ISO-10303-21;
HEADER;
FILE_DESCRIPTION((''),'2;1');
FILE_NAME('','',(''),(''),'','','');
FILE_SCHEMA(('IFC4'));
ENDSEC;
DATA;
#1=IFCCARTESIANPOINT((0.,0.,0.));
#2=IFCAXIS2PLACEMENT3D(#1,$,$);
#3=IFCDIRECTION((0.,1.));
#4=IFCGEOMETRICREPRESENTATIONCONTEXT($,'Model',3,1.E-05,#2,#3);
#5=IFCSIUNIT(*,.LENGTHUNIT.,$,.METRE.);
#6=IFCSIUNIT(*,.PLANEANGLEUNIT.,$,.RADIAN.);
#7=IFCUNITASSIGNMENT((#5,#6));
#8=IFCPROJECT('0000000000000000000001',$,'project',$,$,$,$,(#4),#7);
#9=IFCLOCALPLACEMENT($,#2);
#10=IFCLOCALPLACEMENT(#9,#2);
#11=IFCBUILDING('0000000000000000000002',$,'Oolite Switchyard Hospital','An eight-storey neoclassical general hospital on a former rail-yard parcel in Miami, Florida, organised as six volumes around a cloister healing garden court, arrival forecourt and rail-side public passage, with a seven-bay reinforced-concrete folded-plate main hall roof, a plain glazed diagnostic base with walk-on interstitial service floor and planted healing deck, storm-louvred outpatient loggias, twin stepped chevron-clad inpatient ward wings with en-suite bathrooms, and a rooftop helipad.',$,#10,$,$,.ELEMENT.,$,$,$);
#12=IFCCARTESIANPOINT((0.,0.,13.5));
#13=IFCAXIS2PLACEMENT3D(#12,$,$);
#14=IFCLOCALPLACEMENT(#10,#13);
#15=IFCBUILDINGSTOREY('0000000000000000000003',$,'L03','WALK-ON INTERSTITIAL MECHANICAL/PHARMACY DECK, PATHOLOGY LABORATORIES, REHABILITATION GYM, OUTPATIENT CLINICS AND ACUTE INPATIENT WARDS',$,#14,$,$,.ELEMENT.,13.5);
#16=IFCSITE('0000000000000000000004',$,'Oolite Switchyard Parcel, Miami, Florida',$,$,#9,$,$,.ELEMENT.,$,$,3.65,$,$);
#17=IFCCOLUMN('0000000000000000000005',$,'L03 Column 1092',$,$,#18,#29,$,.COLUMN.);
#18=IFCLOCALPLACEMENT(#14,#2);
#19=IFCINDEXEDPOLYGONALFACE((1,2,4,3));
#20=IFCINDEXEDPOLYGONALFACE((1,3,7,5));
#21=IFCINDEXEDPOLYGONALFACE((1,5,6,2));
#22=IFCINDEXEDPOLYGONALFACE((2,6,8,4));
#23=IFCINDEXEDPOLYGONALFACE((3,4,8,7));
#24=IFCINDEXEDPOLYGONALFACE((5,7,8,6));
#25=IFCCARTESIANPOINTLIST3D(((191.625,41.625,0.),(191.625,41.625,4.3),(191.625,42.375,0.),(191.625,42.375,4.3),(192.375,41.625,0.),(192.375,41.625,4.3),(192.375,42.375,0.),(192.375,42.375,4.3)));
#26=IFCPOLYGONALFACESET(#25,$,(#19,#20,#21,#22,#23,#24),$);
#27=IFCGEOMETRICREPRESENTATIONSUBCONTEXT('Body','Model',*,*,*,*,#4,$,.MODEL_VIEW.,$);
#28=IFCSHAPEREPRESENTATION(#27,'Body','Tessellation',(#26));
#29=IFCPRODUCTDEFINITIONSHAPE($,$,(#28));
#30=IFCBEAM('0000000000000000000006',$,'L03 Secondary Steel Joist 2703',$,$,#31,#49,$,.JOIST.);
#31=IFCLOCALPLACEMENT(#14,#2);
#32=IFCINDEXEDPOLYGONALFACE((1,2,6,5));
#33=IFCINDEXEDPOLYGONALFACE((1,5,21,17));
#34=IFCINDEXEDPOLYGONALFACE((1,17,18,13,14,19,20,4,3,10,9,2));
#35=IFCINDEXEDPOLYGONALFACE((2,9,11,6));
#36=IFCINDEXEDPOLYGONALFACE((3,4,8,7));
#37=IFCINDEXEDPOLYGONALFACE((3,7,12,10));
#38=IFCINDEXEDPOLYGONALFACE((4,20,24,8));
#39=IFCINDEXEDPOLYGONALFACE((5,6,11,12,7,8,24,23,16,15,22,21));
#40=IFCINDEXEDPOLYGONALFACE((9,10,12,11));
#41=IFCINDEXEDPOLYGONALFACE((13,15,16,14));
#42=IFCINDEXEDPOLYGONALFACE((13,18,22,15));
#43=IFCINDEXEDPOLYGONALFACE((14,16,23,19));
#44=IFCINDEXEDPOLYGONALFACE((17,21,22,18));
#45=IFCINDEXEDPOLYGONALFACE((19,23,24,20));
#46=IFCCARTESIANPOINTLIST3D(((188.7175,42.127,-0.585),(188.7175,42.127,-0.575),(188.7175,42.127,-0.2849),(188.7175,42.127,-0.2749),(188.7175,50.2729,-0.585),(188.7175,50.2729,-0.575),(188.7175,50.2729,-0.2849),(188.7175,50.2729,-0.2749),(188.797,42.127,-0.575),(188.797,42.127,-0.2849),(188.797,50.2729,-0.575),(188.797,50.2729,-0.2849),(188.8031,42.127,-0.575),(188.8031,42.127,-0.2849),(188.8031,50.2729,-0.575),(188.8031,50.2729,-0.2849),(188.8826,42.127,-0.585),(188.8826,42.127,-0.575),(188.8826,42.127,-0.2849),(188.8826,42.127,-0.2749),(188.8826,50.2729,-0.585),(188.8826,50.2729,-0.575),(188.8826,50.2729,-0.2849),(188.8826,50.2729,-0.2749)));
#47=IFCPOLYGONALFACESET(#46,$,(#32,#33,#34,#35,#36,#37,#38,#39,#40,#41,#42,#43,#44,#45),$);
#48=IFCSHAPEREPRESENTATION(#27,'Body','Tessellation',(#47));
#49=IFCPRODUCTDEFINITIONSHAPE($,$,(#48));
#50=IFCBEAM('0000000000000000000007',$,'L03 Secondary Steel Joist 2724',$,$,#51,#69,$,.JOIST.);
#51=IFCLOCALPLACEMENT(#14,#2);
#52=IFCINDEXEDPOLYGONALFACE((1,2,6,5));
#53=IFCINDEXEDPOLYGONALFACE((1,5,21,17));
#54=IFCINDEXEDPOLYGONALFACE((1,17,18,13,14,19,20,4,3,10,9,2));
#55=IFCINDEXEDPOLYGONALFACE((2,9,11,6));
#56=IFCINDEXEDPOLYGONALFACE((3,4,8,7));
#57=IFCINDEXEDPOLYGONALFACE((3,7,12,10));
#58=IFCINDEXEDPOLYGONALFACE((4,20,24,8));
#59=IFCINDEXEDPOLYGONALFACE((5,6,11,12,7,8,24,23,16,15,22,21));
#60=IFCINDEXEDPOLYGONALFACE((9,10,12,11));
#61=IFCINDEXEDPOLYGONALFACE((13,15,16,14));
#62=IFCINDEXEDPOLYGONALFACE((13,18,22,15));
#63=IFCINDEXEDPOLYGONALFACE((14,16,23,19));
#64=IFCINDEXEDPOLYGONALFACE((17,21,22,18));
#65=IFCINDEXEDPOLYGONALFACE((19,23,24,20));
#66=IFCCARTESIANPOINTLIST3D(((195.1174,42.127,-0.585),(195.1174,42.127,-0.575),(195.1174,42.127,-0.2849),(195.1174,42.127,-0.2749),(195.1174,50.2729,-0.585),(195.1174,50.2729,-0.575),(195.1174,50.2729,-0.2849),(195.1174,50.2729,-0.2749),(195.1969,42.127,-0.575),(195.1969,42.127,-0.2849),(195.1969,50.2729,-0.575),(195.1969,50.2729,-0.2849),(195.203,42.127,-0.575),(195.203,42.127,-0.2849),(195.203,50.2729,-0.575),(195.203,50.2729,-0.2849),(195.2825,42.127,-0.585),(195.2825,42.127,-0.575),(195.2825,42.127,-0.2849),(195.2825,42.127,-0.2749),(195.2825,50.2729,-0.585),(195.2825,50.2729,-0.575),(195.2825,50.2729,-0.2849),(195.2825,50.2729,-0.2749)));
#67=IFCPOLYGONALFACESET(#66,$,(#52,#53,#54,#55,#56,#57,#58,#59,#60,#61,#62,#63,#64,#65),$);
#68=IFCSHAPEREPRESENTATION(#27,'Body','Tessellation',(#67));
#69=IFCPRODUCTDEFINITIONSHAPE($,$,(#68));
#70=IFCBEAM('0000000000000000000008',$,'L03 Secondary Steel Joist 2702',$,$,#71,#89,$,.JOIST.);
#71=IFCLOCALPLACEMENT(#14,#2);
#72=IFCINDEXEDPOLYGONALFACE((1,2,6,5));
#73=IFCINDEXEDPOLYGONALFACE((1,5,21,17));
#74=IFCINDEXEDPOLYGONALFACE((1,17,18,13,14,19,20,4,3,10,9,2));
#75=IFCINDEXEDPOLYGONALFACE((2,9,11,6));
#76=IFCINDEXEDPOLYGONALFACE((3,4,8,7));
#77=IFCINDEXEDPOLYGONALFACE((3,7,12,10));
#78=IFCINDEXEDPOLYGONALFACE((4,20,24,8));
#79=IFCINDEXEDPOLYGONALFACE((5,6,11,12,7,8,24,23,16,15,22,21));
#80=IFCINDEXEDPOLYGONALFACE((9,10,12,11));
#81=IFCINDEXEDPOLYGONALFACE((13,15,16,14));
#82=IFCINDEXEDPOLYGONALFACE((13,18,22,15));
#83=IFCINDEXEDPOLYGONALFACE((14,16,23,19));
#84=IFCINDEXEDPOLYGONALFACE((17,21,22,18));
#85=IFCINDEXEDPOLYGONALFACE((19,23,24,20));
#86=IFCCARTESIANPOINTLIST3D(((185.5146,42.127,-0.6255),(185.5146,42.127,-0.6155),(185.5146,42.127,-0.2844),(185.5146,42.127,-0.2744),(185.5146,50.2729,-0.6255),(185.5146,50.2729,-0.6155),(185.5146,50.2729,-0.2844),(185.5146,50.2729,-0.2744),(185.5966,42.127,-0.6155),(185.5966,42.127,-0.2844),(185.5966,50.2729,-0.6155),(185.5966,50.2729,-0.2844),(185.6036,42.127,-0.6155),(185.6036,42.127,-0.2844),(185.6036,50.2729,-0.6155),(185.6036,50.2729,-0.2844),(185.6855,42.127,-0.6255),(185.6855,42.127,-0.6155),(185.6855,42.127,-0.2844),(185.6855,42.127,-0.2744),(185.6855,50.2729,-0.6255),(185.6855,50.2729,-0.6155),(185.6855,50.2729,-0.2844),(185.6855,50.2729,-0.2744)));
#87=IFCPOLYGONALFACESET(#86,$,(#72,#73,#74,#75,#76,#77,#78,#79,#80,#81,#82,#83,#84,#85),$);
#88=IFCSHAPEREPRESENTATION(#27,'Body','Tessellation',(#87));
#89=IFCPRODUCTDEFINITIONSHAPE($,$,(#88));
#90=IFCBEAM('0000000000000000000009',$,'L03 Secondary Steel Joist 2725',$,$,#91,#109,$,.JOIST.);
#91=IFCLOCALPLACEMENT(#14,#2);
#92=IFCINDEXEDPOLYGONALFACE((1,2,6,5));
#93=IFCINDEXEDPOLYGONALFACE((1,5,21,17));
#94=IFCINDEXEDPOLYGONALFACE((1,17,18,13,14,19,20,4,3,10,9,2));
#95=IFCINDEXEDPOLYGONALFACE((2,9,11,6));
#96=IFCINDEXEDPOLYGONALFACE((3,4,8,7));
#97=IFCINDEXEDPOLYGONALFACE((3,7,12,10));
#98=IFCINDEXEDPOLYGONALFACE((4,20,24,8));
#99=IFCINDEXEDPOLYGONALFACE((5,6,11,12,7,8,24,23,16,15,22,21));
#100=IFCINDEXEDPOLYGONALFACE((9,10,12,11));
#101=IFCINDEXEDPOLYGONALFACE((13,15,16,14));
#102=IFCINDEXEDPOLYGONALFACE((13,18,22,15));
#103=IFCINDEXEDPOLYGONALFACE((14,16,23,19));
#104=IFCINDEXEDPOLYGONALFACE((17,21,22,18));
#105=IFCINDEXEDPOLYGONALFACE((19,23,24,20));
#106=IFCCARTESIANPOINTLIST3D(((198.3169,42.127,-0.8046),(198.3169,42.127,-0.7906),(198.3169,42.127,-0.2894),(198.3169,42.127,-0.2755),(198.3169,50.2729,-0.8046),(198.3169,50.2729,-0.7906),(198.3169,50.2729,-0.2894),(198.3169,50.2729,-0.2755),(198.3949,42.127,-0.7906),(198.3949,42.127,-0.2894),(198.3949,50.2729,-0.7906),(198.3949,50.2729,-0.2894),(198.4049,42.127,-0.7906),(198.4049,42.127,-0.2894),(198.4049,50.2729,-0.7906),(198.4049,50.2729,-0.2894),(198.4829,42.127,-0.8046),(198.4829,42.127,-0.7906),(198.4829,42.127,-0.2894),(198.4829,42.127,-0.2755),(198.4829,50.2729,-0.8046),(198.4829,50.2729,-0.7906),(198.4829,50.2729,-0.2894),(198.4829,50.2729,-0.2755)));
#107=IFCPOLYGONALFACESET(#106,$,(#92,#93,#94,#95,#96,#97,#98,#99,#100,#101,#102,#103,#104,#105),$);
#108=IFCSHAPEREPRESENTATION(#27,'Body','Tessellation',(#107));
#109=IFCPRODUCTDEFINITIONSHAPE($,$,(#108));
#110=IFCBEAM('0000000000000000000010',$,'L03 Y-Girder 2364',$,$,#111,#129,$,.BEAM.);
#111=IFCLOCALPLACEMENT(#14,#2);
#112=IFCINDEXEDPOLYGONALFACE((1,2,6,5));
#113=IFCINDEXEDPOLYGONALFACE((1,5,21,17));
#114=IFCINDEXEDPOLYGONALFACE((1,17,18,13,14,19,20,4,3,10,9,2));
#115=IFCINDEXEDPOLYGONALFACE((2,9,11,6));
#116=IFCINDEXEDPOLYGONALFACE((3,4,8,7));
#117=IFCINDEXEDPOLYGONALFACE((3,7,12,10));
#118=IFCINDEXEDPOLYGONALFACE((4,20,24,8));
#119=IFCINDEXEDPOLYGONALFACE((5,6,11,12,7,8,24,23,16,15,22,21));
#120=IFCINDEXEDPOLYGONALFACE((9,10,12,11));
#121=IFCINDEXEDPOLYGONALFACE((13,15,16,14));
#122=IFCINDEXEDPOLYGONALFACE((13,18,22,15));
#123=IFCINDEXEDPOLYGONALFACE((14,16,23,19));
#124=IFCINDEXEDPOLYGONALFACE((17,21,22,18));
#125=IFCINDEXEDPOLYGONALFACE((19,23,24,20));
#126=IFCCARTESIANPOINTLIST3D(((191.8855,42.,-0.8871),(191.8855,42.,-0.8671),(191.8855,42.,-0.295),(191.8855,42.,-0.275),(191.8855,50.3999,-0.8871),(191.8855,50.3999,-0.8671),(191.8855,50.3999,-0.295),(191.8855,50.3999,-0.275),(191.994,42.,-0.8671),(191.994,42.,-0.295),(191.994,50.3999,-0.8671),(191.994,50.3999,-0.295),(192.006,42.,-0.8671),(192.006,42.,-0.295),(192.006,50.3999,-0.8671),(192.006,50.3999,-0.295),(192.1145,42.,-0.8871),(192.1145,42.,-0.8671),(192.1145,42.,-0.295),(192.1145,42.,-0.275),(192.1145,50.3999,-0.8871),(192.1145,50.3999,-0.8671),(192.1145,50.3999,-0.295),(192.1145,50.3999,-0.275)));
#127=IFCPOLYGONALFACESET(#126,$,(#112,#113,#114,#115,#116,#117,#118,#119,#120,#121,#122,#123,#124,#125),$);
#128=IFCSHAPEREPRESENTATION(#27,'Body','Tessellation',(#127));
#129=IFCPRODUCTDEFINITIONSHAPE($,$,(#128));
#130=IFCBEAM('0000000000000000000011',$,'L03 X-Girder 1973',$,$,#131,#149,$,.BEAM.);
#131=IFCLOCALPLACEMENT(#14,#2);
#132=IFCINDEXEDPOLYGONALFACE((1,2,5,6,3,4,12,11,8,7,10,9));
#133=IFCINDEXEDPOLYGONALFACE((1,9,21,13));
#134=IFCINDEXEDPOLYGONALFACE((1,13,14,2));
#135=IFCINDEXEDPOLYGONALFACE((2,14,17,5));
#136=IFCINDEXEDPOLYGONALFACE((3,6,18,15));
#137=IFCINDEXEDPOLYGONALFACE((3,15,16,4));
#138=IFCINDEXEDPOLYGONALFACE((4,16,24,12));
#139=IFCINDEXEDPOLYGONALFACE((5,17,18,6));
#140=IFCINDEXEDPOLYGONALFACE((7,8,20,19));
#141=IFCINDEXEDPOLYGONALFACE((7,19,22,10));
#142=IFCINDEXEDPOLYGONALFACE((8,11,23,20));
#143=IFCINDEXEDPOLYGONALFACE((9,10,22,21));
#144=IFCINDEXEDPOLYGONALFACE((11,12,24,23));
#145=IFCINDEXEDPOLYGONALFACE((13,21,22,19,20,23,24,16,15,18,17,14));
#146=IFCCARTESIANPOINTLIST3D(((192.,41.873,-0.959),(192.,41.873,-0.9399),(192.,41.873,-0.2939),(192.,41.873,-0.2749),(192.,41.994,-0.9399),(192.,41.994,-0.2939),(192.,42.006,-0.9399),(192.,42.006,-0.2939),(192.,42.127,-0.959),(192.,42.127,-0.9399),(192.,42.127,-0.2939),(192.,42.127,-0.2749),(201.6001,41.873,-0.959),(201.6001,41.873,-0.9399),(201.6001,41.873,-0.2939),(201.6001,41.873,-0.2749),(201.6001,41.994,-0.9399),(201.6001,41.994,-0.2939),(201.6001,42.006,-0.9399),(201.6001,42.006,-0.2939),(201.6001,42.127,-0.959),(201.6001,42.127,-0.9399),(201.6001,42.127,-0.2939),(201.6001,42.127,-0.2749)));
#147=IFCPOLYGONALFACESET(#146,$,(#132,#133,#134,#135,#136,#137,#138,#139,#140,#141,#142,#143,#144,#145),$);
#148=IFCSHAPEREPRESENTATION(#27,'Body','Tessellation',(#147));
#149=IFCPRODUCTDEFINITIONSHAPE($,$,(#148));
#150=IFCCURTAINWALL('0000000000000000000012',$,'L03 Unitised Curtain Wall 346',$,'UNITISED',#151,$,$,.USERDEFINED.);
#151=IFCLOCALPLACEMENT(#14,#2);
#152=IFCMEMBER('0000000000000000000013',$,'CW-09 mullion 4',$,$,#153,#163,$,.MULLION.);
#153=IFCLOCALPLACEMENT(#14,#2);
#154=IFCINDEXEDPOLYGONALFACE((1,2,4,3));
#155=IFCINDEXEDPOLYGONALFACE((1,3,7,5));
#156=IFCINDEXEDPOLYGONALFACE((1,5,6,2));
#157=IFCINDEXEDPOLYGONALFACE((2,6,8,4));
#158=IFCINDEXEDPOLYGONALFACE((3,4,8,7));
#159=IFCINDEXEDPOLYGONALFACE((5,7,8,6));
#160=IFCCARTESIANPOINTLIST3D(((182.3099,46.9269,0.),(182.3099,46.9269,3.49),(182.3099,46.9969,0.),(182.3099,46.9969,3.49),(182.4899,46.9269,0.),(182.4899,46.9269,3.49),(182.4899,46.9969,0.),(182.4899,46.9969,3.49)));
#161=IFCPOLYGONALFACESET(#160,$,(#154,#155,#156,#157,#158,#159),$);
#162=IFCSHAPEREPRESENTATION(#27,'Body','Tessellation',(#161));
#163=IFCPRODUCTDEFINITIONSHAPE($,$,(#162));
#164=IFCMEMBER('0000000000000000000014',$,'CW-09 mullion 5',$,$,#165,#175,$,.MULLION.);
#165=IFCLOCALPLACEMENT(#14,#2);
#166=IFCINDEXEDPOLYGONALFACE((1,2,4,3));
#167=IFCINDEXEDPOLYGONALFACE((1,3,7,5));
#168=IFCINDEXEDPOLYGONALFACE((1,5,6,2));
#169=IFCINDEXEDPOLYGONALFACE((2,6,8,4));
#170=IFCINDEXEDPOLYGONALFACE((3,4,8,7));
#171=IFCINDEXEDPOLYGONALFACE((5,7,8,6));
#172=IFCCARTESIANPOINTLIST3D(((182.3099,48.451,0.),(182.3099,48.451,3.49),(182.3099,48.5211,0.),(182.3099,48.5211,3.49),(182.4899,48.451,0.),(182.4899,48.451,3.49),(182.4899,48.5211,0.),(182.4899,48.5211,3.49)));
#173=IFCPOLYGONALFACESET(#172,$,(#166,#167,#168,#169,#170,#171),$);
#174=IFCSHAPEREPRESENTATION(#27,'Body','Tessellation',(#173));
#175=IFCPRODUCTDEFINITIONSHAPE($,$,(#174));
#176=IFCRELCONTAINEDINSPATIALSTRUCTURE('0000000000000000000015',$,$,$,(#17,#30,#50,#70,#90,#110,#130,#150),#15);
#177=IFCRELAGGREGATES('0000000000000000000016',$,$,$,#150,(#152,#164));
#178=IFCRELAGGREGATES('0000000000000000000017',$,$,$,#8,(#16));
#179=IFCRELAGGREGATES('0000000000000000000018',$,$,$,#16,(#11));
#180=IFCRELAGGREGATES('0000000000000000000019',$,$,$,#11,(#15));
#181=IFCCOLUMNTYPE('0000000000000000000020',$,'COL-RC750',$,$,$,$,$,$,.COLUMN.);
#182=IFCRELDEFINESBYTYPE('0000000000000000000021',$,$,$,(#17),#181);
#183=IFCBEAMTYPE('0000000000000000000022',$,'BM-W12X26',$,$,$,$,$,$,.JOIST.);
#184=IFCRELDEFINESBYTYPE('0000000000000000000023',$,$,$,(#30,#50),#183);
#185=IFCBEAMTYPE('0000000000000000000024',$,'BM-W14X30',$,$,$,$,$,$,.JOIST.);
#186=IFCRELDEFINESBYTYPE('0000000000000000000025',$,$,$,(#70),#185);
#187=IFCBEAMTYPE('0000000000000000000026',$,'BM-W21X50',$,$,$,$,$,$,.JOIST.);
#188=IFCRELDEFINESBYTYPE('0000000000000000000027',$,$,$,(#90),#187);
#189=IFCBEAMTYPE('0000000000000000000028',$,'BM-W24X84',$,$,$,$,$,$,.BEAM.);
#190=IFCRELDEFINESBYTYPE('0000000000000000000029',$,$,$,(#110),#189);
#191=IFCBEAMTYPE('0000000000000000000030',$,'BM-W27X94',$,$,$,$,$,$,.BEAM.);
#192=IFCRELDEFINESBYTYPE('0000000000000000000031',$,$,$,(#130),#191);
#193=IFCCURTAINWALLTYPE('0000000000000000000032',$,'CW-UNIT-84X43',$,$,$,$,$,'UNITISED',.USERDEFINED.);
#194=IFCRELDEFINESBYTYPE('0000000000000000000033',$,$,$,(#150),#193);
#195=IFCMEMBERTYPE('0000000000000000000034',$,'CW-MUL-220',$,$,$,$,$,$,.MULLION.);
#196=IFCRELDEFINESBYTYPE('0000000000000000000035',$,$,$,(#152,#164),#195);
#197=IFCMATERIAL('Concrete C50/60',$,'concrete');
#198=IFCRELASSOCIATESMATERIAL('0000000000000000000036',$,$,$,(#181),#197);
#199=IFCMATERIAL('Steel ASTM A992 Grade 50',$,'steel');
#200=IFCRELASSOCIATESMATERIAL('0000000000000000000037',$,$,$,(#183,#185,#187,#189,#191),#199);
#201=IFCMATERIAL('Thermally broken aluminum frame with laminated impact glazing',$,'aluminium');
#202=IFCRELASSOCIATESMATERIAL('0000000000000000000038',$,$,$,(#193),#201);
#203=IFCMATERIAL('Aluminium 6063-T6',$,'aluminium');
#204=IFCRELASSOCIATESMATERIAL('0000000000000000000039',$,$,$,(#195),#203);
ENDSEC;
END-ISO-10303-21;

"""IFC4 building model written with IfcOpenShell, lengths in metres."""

from ifc_helpers import new_model, si_unit, direction, frame, origin, origin_2d, place, context, subcontext, project, spatial, rectangle, i_section, extrude, material, material_profile, profile_set, type_object, element, aggregate, save


model = new_model("IFC4")

# Units and contexts
model_context = context("Model", 3, precision=1e-05, world=origin(), true_north=direction((0.0, 1.0)))
body_context = subcontext(model_context, "Body", "Model", "MODEL_VIEW")
ifc_project = project(units=[si_unit("LENGTHUNIT", "METRE"), si_unit("PLANEANGLEUNIT", "RADIAN")], contexts=[model_context])

# Site, building, storey
site_placement = place(None, origin())
site = spatial("IfcSite", under=ifc_project, at=site_placement, Name="Oolite Switchyard Parcel, Miami, Florida", CompositionType="ELEMENT", RefElevation=3.65)
building_placement = place(site_placement, origin())
building = spatial("IfcBuilding", under=site, at=building_placement, Name="Oolite Switchyard Hospital", Description="An eight-storey neoclassical general hospital on a former rail-yard parcel in Miami, Florida, organised as six volumes around a cloister healing garden court, arrival forecourt and rail-side public passage, with a seven-bay reinforced-concrete folded-plate main hall roof, a plain glazed diagnostic base with walk-on interstitial service floor and planted healing deck, storm-louvred outpatient loggias, twin stepped chevron-clad inpatient ward wings with en-suite bathrooms, and a rooftop helipad.", CompositionType="ELEMENT")
storey_placement = place(building_placement, frame((0.0, 0.0, 13.5)))
storey = spatial("IfcBuildingStorey", under=building, at=storey_placement, Name="L03", Description="WALK-ON INTERSTITIAL MECHANICAL/PHARMACY DECK, PATHOLOGY LABORATORIES, REHABILITATION GYM, OUTPATIENT CLINICS AND ACUTE INPATIENT WARDS", CompositionType="ELEMENT", Elevation=13.5)

# Column
ifc_material_1 = material(Name="Concrete C50/60", Category="concrete")
ifc_material_profile_1 = material_profile(ifc_material_1, rectangle(XDim=0.75, YDim=0.75, at=origin_2d()), Name="RC750X750")
ifc_profile_set_1 = profile_set([ifc_material_profile_1], Name="Concrete C50/60")
column_type = type_object("IfcColumnType", Name="COL-RC750", PredefinedType="COLUMN", material=ifc_profile_set_1)
column_placement = place(storey_placement, frame((192.0, 42.0, 0.0), z_axis=(0.0, 0.0, 1.0), x_axis=(1.0, 0.0, 0.0)))
element("IfcColumn", 1, at=column_placement, inside=storey, type_object=column_type, Name="L03 Column 1092", PredefinedType="COLUMN", context=body_context, shape_type="SweptSolid", body=[
    extrude(rectangle(XDim=0.75, YDim=0.75, at=origin_2d()), origin(), (0.0, 0.0, 1.0), 4.3),
])

# Beams
ifc_material_2 = material(Name="Steel ASTM A992 Grade 50", Category="steel")
ifc_material_profile_2 = material_profile(ifc_material_2, i_section(OverallWidth=0.165, OverallDepth=0.3101, WebThickness=0.0061, FlangeThickness=0.01, at=origin_2d()), Name="W12X26")
ifc_profile_set_2 = profile_set([ifc_material_profile_2], Name="Steel ASTM A992 Grade 50")
beam_type_1 = type_object("IfcBeamType", Name="BM-W12X26", PredefinedType="JOIST", material=ifc_profile_set_2)
for number, where, z_axis, x_axis, name in (
    (2, (188.8, 42.127, -0.4299), (0.0, 1.0, 0.0), (-1.0, 0.0, 0.0), "L03 Secondary Steel Joist 2703"),
    (3, (195.2, 42.127, -0.4299), (0.0, 1.0, 0.0), (-1.0, 0.0, 0.0), "L03 Secondary Steel Joist 2724"),
):
    element("IfcBeam", number, at=place(storey_placement, frame(where, z_axis=z_axis, x_axis=x_axis)), inside=storey, type_object=beam_type_1, Name=name, PredefinedType="JOIST", context=body_context, shape_type="SweptSolid", body=[
        extrude(i_section(OverallWidth=0.165, OverallDepth=0.3101, WebThickness=0.0061, FlangeThickness=0.01, at=origin_2d()), origin(), (0.0, 0.0, 1.0), 8.146),
    ])
ifc_material_profile_3 = material_profile(ifc_material_2, i_section(OverallWidth=0.1709, OverallDepth=0.3511, WebThickness=0.0071, FlangeThickness=0.01, at=origin_2d()), Name="W14X30")
ifc_profile_set_3 = profile_set([ifc_material_profile_3], Name="Steel ASTM A992 Grade 50")
beam_type_2 = type_object("IfcBeamType", Name="BM-W14X30", PredefinedType="JOIST", material=ifc_profile_set_3)
beam_1_placement = place(storey_placement, frame((185.6001, 42.127, -0.45), z_axis=(0.0, 1.0, 0.0), x_axis=(-1.0, 0.0, 0.0)))
element("IfcBeam", 4, at=beam_1_placement, inside=storey, type_object=beam_type_2, Name="L03 Secondary Steel Joist 2702", PredefinedType="JOIST", context=body_context, shape_type="SweptSolid", body=[
    extrude(i_section(OverallWidth=0.1709, OverallDepth=0.3511, WebThickness=0.0071, FlangeThickness=0.01, at=origin_2d()), origin(), (0.0, 0.0, 1.0), 8.146),
])
ifc_material_profile_4 = material_profile(ifc_material_2, i_section(OverallWidth=0.166, OverallDepth=0.5291, WebThickness=0.01, FlangeThickness=0.0139, at=origin_2d()), Name="W21X50")
ifc_profile_set_4 = profile_set([ifc_material_profile_4], Name="Steel ASTM A992 Grade 50")
beam_type_3 = type_object("IfcBeamType", Name="BM-W21X50", PredefinedType="JOIST", material=ifc_profile_set_4)
beam_2_placement = place(storey_placement, frame((198.3999, 42.127, -0.54), z_axis=(0.0, 1.0, 0.0), x_axis=(-1.0, 0.0, 0.0)))
element("IfcBeam", 5, at=beam_2_placement, inside=storey, type_object=beam_type_3, Name="L03 Secondary Steel Joist 2725", PredefinedType="JOIST", context=body_context, shape_type="SweptSolid", body=[
    extrude(i_section(OverallWidth=0.166, OverallDepth=0.5291, WebThickness=0.01, FlangeThickness=0.0139, at=origin_2d()), origin(), (0.0, 0.0, 1.0), 8.146),
])
ifc_material_profile_5 = material_profile(ifc_material_2, i_section(OverallWidth=0.229, OverallDepth=0.6121, WebThickness=0.012, FlangeThickness=0.02, at=origin_2d()), Name="W24X84")
ifc_profile_set_5 = profile_set([ifc_material_profile_5], Name="Steel ASTM A992 Grade 50")
beam_type_4 = type_object("IfcBeamType", Name="BM-W24X84", PredefinedType="BEAM", material=ifc_profile_set_5)
beam_3_placement = place(storey_placement, frame((192.0, 42.0, -0.5811), z_axis=(0.0, 1.0, 0.0), x_axis=(-1.0, 0.0, 0.0)))
element("IfcBeam", 6, at=beam_3_placement, inside=storey, type_object=beam_type_4, Name="L03 Y-Girder 2364", PredefinedType="BEAM", context=body_context, shape_type="SweptSolid", body=[
    extrude(i_section(OverallWidth=0.229, OverallDepth=0.6121, WebThickness=0.012, FlangeThickness=0.02, at=origin_2d()), origin(), (0.0, 0.0, 1.0), 8.3999),
])
ifc_material_profile_6 = material_profile(ifc_material_2, i_section(OverallWidth=0.2539, OverallDepth=0.6841, WebThickness=0.012, FlangeThickness=0.019, at=origin_2d()), Name="W27X94")
ifc_profile_set_6 = profile_set([ifc_material_profile_6], Name="Steel ASTM A992 Grade 50")
beam_type_5 = type_object("IfcBeamType", Name="BM-W27X94", PredefinedType="BEAM", material=ifc_profile_set_6)
beam_4_placement = place(storey_placement, frame((192.0, 42.0, -0.6169), z_axis=(1.0, 0.0, 0.0), x_axis=(0.0, 1.0, 0.0)))
element("IfcBeam", 7, at=beam_4_placement, inside=storey, type_object=beam_type_5, Name="L03 X-Girder 1973", PredefinedType="BEAM", context=body_context, shape_type="SweptSolid", body=[
    extrude(i_section(OverallWidth=0.2539, OverallDepth=0.6841, WebThickness=0.012, FlangeThickness=0.019, at=origin_2d()), origin(), (0.0, 0.0, 1.0), 9.6001),
])

# Curtain wall, members
ifc_material_3 = material(Name="Thermally broken aluminum frame with laminated impact glazing", Category="aluminium")
curtain_wall_type = type_object("IfcCurtainWallType", Name="CW-UNIT-84X43", ElementType="UNITISED", PredefinedType="USERDEFINED", material=ifc_material_3)
curtain_wall_placement = place(storey_placement, origin())
curtain_wall = element("IfcCurtainWall", 8, at=curtain_wall_placement, inside=storey, type_object=curtain_wall_type, Name="L03 Unitised Curtain Wall 346", ObjectType="UNITISED", PredefinedType="USERDEFINED")
ifc_material_4 = material(Name="Aluminium 6063-T6", Category="aluminium")
ifc_material_profile_7 = material_profile(ifc_material_4, rectangle(XDim=0.1799, YDim=0.0701, at=origin_2d()), Name="CWM70X180")
ifc_profile_set_7 = profile_set([ifc_material_profile_7], Name="Aluminium 6063-T6")
member_type_1 = type_object("IfcMemberType", Name="CW-MUL-220", PredefinedType="MULLION", material=ifc_profile_set_7)
member_1_placement = place(storey_placement, frame((182.3999, 46.9619, 0.0), z_axis=(0.0, 0.0, 1.0), x_axis=(-1.0, 0.0, 0.0)))
member_1 = element("IfcMember", 9, at=member_1_placement, type_object=member_type_1, Name="CW-09 mullion 4", PredefinedType="MULLION", context=body_context, shape_type="SweptSolid", body=[
    extrude(rectangle(XDim=0.1799, YDim=0.0701, at=origin_2d()), origin(), (0.0, 0.0, 1.0), 3.49),
])
member_2_placement = place(storey_placement, frame((182.3999, 48.4861, 0.0), z_axis=(0.0, 0.0, 1.0), x_axis=(-1.0, 0.0, 0.0)))
member_2 = element("IfcMember", 10, at=member_2_placement, type_object=member_type_1, Name="CW-09 mullion 5", PredefinedType="MULLION", context=body_context, shape_type="SweptSolid", body=[
    extrude(rectangle(XDim=0.1799, YDim=0.0701, at=origin_2d()), origin(), (0.0, 0.0, 1.0), 3.49),
])
aggregate(curtain_wall, [member_1, member_2])

save(model, "model.ifc")
